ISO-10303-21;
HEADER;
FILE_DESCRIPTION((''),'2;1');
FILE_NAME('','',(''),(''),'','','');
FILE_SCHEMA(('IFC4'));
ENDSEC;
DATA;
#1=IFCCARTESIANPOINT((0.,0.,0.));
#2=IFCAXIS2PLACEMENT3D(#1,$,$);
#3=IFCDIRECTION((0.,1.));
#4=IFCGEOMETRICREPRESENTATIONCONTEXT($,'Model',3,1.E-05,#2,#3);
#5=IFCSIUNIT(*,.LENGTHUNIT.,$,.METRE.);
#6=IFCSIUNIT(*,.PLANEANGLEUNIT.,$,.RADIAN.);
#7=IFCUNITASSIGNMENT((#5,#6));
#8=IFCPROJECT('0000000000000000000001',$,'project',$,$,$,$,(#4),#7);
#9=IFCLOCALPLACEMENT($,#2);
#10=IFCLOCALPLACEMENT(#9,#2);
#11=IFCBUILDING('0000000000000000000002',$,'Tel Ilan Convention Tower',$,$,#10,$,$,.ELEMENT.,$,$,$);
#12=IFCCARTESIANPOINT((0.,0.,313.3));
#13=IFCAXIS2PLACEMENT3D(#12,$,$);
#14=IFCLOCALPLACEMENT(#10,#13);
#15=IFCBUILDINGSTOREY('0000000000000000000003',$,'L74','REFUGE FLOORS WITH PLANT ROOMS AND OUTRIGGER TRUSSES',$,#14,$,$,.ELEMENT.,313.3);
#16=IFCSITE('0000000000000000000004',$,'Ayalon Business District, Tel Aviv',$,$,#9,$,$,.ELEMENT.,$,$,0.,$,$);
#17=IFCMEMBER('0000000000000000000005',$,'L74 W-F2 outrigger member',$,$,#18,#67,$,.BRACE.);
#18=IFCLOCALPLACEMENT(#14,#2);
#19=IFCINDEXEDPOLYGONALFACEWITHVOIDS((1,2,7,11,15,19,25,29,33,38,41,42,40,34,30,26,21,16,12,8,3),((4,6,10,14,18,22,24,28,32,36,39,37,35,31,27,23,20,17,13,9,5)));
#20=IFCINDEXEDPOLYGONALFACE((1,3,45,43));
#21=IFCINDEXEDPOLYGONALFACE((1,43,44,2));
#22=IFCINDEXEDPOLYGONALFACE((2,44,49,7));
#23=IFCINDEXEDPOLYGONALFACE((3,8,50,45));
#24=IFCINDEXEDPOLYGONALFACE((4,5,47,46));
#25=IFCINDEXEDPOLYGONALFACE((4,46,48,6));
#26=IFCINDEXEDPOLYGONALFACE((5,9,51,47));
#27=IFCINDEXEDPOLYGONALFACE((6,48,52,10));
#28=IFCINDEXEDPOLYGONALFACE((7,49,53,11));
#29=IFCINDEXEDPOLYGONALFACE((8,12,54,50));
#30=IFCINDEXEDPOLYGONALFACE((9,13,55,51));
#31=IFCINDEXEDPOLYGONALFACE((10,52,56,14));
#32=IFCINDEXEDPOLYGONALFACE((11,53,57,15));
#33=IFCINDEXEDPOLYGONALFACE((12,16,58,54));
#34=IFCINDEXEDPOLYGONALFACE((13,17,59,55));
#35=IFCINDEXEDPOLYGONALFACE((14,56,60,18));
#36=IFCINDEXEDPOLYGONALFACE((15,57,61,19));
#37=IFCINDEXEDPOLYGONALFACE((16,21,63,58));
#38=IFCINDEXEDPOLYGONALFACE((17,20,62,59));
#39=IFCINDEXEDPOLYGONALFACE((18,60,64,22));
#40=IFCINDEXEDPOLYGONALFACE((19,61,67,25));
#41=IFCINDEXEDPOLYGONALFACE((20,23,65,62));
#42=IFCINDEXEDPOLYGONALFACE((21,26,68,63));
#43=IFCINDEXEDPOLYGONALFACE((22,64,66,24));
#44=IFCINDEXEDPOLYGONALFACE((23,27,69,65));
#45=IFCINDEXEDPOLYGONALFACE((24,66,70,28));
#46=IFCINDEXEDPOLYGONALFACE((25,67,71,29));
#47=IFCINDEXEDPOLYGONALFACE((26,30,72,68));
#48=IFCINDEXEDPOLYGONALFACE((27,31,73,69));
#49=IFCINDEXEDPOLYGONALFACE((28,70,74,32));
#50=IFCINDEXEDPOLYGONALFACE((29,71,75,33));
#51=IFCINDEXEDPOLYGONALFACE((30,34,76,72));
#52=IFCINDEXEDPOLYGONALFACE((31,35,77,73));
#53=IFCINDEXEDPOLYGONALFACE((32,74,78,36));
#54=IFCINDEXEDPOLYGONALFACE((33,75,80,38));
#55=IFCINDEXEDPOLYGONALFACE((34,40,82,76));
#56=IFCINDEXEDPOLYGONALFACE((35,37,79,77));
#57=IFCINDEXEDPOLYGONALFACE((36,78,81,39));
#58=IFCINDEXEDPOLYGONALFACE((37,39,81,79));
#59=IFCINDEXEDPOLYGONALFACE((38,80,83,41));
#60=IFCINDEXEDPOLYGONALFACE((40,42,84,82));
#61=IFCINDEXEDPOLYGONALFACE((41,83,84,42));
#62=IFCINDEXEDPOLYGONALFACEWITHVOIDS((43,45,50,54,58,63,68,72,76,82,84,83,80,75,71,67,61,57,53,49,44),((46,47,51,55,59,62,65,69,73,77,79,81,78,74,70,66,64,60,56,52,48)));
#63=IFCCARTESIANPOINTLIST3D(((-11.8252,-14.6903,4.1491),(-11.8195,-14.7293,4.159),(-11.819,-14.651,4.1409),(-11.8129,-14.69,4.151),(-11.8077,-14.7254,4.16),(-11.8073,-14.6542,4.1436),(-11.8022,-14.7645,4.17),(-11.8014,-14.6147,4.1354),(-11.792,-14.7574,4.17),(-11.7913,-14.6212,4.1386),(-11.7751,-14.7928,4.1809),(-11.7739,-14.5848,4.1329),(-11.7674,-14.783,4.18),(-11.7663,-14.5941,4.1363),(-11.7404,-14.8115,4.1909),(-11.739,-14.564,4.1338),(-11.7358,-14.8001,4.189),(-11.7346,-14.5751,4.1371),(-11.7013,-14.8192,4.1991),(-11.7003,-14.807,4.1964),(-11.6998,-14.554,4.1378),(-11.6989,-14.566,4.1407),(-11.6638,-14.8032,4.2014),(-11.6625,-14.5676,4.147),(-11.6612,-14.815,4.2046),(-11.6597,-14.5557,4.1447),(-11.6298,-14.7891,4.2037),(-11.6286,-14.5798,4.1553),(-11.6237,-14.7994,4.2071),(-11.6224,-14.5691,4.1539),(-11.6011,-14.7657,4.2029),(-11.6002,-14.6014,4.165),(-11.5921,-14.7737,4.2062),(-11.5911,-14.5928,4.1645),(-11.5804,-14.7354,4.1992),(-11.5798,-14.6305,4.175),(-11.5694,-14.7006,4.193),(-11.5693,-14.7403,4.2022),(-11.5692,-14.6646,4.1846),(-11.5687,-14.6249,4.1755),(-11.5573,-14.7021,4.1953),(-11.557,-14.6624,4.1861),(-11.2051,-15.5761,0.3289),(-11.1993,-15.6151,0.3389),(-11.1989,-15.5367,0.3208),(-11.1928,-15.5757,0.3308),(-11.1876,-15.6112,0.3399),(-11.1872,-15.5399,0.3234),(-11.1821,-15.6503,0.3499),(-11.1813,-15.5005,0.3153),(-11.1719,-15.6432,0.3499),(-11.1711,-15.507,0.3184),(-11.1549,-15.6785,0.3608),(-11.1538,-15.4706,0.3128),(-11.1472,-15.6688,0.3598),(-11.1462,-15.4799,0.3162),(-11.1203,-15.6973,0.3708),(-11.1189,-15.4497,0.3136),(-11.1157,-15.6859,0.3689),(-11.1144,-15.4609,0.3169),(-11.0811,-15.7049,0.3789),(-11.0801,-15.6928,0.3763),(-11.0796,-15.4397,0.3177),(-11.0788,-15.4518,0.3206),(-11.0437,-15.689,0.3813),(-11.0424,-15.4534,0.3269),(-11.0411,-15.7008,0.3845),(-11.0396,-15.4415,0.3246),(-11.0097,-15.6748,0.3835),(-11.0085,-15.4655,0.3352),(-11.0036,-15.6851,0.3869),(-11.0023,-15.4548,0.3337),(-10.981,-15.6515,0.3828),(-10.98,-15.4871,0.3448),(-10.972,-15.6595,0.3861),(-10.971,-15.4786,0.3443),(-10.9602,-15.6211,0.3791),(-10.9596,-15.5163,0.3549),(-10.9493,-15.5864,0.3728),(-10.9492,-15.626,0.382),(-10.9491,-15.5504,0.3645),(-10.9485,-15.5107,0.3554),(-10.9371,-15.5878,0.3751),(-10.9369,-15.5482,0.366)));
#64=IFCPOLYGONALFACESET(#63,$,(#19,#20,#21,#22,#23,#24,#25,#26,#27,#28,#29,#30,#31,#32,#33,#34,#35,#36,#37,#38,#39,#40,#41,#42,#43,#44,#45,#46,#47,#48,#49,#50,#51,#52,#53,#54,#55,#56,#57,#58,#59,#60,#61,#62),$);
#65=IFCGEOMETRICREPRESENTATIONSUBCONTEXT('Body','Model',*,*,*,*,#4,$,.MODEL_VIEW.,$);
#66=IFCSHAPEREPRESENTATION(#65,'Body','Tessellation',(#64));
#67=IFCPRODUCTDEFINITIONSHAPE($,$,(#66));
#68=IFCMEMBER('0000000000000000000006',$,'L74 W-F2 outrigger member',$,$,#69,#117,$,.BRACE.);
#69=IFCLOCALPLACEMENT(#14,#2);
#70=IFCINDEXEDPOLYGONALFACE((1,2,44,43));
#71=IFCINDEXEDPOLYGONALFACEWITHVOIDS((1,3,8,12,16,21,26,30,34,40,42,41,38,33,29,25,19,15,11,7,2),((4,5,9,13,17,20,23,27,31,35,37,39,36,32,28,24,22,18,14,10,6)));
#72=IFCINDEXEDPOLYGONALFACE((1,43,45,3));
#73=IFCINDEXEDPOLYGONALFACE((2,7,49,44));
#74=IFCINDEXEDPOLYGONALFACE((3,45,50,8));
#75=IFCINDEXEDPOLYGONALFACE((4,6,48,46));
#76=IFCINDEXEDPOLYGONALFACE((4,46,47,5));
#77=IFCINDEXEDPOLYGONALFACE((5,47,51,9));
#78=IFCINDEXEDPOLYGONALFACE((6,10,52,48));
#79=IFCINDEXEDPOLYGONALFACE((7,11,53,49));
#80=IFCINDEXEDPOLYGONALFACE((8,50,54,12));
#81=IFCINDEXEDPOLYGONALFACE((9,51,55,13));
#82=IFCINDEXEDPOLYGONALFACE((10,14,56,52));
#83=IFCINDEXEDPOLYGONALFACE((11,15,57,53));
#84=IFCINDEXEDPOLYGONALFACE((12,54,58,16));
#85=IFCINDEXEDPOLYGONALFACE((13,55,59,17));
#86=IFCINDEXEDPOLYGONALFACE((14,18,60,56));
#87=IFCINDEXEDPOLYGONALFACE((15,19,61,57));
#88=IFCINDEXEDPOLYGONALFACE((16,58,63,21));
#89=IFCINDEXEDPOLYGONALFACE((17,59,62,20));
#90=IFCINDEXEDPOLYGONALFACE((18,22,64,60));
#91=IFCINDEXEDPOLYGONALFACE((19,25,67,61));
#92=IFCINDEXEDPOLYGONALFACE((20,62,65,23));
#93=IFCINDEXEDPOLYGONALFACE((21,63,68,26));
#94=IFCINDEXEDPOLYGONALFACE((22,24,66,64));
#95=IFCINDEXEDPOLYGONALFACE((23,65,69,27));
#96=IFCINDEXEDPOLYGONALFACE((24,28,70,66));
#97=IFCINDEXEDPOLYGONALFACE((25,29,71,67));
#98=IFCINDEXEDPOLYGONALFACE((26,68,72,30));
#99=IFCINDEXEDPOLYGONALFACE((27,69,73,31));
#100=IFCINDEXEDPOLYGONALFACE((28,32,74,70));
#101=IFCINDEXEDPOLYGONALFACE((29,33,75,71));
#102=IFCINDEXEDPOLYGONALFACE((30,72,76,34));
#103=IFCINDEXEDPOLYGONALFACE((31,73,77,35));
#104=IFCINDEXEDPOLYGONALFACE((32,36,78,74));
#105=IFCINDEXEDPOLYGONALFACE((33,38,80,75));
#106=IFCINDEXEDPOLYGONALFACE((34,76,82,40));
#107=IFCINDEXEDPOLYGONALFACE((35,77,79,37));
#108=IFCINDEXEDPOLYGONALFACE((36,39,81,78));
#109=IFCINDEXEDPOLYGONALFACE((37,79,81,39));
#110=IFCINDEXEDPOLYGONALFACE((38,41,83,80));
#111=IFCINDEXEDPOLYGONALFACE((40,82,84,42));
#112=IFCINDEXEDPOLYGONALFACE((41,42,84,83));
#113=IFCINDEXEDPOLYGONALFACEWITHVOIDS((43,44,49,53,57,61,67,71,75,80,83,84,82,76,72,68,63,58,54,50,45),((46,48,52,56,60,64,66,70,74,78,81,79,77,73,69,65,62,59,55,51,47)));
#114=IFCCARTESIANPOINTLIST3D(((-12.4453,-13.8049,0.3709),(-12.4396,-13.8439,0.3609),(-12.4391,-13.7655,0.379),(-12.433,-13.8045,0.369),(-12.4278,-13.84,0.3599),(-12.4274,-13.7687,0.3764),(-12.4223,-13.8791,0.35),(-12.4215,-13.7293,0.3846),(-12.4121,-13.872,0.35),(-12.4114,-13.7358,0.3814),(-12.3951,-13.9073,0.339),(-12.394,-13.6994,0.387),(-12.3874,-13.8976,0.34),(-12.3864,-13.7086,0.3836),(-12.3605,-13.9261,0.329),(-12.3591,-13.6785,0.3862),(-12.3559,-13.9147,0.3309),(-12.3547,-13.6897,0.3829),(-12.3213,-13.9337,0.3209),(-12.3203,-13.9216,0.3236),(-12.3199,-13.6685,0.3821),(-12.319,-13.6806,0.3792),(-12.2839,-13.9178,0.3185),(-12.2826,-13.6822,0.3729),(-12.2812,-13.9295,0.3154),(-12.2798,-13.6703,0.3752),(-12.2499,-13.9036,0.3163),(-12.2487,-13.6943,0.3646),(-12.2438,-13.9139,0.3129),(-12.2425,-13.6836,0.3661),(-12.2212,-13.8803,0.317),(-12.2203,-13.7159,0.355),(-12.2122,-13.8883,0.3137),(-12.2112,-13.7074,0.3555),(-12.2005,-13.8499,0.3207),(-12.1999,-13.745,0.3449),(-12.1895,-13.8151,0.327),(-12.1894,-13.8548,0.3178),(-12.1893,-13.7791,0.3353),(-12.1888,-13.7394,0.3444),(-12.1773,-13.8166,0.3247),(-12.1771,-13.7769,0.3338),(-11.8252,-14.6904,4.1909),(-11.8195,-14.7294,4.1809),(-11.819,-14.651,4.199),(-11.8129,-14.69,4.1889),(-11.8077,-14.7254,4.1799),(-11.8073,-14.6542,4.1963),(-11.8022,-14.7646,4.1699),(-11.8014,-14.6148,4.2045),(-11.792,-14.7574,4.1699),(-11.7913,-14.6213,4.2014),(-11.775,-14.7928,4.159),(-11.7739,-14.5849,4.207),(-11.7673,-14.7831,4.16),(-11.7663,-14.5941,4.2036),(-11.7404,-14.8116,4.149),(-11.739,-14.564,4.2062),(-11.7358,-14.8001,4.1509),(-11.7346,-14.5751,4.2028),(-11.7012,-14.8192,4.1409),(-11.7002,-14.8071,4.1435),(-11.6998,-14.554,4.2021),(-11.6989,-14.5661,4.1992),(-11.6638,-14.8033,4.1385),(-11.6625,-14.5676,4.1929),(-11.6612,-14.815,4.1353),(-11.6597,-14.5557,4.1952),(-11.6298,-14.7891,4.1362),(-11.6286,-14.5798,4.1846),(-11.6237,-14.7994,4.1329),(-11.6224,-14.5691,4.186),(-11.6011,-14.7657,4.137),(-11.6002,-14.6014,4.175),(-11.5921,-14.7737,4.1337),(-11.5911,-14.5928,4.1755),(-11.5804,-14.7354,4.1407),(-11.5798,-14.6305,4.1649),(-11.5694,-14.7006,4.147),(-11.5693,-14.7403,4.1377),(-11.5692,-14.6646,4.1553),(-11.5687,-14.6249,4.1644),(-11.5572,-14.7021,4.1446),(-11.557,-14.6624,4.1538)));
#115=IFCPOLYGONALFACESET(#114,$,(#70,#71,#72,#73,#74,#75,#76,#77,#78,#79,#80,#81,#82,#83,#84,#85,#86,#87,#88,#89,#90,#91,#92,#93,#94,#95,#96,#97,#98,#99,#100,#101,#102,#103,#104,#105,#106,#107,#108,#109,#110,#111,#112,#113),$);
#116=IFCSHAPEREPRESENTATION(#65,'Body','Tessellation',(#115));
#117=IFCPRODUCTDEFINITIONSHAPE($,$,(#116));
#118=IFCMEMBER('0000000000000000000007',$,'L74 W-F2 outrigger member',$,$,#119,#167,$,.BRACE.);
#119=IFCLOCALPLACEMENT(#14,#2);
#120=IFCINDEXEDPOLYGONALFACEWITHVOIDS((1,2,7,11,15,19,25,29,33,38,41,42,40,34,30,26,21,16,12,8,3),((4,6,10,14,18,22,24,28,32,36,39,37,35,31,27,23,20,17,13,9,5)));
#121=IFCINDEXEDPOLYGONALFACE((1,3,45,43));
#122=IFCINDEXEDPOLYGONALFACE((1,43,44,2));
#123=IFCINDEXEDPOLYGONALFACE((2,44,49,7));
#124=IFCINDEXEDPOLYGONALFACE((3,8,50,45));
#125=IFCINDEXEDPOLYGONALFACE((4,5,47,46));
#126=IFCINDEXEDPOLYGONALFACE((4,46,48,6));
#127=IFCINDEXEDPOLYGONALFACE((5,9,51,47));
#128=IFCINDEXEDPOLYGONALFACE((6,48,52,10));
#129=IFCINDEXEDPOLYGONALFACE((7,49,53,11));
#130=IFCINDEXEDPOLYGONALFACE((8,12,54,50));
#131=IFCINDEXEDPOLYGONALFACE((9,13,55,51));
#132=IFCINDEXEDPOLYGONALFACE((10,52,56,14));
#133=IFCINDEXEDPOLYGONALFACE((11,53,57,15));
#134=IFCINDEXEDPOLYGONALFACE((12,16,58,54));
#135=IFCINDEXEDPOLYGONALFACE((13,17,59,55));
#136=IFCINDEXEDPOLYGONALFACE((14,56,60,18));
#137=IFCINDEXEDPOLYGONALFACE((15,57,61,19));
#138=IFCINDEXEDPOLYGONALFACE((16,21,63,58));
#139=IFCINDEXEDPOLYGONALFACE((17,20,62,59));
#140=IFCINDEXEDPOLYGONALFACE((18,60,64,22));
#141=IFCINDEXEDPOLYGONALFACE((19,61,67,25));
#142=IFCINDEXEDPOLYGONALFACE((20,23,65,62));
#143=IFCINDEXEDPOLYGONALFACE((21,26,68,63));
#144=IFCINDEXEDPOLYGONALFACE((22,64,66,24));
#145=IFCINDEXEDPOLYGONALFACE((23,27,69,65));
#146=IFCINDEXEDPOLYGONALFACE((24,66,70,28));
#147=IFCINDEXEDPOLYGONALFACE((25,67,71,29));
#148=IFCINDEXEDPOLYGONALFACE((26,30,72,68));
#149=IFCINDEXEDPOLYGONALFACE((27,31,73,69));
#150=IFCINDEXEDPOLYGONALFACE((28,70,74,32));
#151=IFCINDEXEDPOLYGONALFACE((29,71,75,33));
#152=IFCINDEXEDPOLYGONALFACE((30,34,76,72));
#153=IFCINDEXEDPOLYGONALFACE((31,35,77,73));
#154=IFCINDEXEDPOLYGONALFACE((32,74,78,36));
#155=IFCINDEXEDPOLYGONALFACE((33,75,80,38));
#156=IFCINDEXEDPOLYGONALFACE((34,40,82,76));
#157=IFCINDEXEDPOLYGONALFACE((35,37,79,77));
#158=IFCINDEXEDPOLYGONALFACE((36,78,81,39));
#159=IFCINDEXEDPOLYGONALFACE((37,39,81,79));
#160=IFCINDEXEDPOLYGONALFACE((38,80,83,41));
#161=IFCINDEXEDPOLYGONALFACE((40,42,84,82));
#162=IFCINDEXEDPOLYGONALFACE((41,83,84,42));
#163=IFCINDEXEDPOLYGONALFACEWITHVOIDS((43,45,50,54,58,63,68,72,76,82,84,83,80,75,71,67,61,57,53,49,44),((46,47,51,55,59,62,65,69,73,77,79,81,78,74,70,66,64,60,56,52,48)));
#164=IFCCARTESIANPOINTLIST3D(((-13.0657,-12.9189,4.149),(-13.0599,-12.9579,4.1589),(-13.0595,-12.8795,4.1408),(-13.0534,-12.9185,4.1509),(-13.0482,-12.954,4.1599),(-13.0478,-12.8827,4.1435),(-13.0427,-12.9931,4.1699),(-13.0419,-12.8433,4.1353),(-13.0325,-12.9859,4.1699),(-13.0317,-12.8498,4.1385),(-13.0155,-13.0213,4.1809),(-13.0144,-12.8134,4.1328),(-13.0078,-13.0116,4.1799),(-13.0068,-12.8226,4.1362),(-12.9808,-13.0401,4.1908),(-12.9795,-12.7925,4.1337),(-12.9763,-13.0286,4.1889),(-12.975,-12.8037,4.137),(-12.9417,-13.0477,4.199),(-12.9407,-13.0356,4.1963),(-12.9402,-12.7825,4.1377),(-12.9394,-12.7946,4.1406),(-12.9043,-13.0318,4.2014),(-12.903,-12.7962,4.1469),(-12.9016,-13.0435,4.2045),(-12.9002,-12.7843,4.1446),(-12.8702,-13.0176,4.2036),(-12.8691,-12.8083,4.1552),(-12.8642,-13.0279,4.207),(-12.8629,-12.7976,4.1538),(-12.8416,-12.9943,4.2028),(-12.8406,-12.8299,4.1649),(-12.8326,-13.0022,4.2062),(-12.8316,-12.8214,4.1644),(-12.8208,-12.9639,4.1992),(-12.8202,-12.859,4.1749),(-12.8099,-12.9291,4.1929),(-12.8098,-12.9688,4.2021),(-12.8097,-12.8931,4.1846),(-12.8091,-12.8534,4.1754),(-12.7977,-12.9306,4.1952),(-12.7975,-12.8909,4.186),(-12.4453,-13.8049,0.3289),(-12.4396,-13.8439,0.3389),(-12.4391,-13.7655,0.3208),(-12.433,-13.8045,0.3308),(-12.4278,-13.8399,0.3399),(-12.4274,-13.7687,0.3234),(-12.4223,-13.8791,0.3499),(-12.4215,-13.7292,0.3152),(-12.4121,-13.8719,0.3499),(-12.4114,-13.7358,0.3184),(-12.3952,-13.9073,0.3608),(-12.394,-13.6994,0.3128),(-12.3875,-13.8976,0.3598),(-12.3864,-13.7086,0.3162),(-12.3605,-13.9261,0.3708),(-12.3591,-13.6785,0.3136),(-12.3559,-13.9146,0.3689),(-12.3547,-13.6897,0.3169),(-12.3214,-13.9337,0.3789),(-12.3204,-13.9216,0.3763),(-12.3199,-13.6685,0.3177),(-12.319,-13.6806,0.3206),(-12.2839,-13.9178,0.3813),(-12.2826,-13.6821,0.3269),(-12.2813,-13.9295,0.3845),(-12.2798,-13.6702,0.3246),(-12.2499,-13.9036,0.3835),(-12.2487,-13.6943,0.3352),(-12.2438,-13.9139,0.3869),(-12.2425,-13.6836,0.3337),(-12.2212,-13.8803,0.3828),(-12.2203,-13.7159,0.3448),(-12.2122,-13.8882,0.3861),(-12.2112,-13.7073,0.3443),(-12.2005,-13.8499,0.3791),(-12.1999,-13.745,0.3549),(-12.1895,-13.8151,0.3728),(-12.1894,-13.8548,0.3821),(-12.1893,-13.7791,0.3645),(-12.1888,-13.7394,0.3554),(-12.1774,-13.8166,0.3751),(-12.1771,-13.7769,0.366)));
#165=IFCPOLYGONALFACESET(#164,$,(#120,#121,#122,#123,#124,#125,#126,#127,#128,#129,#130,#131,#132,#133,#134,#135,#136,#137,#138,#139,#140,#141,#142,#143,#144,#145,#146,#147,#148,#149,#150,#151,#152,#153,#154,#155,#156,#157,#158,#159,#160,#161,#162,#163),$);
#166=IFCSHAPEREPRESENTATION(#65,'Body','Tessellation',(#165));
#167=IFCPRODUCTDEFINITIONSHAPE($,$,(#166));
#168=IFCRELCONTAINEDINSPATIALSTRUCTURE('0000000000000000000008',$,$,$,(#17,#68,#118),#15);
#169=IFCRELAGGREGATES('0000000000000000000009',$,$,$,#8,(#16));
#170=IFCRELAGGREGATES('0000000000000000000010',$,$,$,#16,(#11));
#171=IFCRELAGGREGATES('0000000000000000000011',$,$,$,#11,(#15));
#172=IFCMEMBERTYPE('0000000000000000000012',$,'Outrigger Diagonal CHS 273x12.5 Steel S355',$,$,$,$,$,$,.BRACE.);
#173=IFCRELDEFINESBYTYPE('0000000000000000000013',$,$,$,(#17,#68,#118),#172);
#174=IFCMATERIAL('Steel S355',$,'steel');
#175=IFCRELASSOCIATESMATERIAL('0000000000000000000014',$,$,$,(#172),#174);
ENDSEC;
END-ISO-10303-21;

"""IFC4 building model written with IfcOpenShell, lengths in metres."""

from ifc_helpers import new_model, si_unit, direction, frame, origin, origin_2d, place, context, subcontext, project, spatial, hollow_circle, extrude, material, material_profile, profile_set, type_object, element, save


model = new_model("IFC4")

# Units and contexts
model_context = context("Model", 3, precision=1e-05, world=origin(), true_north=direction((0.0, 1.0)))
body_context = subcontext(model_context, "Body", "Model", "MODEL_VIEW")
ifc_project = project(units=[si_unit("LENGTHUNIT", "METRE"), si_unit("PLANEANGLEUNIT", "RADIAN")], contexts=[model_context])

# Site, building, storey
site_placement = place(None, origin())
site = spatial("IfcSite", under=ifc_project, at=site_placement, Name="Ayalon Business District, Tel Aviv", CompositionType="ELEMENT", RefElevation=0.0)
building_placement = place(site_placement, origin())
building = spatial("IfcBuilding", under=site, at=building_placement, Name="Tel Ilan Convention Tower", CompositionType="ELEMENT")
storey_placement = place(building_placement, frame((0.0, 0.0, 313.3)))
storey = spatial("IfcBuildingStorey", under=building, at=storey_placement, Name="L74", Description="REFUGE FLOORS WITH PLANT ROOMS AND OUTRIGGER TRUSSES", CompositionType="ELEMENT", Elevation=313.3)

# Members
ifc_material_1 = material(Name="Steel S355", Category="steel")
ifc_material_profile_1 = material_profile(ifc_material_1, hollow_circle(Radius=0.1365, WallThickness=0.0125, at=origin_2d()), Name="CHS 273x12.5")
ifc_profile_set_1 = profile_set([ifc_material_profile_1], Name="Steel S355")
member_type_1 = type_object("IfcMemberType", Name="Outrigger Diagonal CHS 273x12.5 Steel S355", PredefinedType="BRACE", material=ifc_profile_set_1)
for number, where, z_axis, x_axis, name in (
    (1, (-11.0703, -15.572, 0.3499), (-0.156195, 0.223101, 0.9622), (-0.819189, -0.573523, 0.0), "L74 W-F2 outrigger member"),
):
    element("IfcMember", number, at=place(storey_placement, frame(where, z_axis=z_axis, x_axis=x_axis)), inside=storey, type_object=member_type_1, Name=name, PredefinedType="BRACE", context=body_context, shape_type="SweptSolid", body=[
        extrude(hollow_circle(Radius=0.1365, WallThickness=0.0125, at=origin_2d()), origin(), (0.0, 0.0, 1.0), 3.9702),
    ])
member_1_placement = place(storey_placement, frame((-11.6904, -14.6863, 4.1699), z_axis=(-0.156197, 0.223043, -0.962213), x_axis=(-0.819115, -0.573629, 0.0)))
element("IfcMember", 2, at=member_1_placement, inside=storey, type_object=member_type_1, Name="L74 W-F2 outrigger member", PredefinedType="BRACE", context=body_context, shape_type="SweptSolid", body=[
    extrude(hollow_circle(Radius=0.1365, WallThickness=0.0125, at=origin_2d()), origin(), (0.0, 0.0, 1.0), 3.97),
])
member_2_placement = place(storey_placement, frame((-12.3105, -13.8008, 0.3499), z_axis=(-0.156253, 0.223157, 0.962178), x_axis=(-0.819158, -0.573568, 0.0)))
element("IfcMember", 3, at=member_2_placement, inside=storey, type_object=member_type_1, Name="L74 W-F2 outrigger member", PredefinedType="BRACE", context=body_context, shape_type="SweptSolid", body=[
    extrude(hollow_circle(Radius=0.1365, WallThickness=0.0125, at=origin_2d()), origin(), (0.0, 0.0, 1.0), 3.9702),
])

save(model, "model.ifc")
